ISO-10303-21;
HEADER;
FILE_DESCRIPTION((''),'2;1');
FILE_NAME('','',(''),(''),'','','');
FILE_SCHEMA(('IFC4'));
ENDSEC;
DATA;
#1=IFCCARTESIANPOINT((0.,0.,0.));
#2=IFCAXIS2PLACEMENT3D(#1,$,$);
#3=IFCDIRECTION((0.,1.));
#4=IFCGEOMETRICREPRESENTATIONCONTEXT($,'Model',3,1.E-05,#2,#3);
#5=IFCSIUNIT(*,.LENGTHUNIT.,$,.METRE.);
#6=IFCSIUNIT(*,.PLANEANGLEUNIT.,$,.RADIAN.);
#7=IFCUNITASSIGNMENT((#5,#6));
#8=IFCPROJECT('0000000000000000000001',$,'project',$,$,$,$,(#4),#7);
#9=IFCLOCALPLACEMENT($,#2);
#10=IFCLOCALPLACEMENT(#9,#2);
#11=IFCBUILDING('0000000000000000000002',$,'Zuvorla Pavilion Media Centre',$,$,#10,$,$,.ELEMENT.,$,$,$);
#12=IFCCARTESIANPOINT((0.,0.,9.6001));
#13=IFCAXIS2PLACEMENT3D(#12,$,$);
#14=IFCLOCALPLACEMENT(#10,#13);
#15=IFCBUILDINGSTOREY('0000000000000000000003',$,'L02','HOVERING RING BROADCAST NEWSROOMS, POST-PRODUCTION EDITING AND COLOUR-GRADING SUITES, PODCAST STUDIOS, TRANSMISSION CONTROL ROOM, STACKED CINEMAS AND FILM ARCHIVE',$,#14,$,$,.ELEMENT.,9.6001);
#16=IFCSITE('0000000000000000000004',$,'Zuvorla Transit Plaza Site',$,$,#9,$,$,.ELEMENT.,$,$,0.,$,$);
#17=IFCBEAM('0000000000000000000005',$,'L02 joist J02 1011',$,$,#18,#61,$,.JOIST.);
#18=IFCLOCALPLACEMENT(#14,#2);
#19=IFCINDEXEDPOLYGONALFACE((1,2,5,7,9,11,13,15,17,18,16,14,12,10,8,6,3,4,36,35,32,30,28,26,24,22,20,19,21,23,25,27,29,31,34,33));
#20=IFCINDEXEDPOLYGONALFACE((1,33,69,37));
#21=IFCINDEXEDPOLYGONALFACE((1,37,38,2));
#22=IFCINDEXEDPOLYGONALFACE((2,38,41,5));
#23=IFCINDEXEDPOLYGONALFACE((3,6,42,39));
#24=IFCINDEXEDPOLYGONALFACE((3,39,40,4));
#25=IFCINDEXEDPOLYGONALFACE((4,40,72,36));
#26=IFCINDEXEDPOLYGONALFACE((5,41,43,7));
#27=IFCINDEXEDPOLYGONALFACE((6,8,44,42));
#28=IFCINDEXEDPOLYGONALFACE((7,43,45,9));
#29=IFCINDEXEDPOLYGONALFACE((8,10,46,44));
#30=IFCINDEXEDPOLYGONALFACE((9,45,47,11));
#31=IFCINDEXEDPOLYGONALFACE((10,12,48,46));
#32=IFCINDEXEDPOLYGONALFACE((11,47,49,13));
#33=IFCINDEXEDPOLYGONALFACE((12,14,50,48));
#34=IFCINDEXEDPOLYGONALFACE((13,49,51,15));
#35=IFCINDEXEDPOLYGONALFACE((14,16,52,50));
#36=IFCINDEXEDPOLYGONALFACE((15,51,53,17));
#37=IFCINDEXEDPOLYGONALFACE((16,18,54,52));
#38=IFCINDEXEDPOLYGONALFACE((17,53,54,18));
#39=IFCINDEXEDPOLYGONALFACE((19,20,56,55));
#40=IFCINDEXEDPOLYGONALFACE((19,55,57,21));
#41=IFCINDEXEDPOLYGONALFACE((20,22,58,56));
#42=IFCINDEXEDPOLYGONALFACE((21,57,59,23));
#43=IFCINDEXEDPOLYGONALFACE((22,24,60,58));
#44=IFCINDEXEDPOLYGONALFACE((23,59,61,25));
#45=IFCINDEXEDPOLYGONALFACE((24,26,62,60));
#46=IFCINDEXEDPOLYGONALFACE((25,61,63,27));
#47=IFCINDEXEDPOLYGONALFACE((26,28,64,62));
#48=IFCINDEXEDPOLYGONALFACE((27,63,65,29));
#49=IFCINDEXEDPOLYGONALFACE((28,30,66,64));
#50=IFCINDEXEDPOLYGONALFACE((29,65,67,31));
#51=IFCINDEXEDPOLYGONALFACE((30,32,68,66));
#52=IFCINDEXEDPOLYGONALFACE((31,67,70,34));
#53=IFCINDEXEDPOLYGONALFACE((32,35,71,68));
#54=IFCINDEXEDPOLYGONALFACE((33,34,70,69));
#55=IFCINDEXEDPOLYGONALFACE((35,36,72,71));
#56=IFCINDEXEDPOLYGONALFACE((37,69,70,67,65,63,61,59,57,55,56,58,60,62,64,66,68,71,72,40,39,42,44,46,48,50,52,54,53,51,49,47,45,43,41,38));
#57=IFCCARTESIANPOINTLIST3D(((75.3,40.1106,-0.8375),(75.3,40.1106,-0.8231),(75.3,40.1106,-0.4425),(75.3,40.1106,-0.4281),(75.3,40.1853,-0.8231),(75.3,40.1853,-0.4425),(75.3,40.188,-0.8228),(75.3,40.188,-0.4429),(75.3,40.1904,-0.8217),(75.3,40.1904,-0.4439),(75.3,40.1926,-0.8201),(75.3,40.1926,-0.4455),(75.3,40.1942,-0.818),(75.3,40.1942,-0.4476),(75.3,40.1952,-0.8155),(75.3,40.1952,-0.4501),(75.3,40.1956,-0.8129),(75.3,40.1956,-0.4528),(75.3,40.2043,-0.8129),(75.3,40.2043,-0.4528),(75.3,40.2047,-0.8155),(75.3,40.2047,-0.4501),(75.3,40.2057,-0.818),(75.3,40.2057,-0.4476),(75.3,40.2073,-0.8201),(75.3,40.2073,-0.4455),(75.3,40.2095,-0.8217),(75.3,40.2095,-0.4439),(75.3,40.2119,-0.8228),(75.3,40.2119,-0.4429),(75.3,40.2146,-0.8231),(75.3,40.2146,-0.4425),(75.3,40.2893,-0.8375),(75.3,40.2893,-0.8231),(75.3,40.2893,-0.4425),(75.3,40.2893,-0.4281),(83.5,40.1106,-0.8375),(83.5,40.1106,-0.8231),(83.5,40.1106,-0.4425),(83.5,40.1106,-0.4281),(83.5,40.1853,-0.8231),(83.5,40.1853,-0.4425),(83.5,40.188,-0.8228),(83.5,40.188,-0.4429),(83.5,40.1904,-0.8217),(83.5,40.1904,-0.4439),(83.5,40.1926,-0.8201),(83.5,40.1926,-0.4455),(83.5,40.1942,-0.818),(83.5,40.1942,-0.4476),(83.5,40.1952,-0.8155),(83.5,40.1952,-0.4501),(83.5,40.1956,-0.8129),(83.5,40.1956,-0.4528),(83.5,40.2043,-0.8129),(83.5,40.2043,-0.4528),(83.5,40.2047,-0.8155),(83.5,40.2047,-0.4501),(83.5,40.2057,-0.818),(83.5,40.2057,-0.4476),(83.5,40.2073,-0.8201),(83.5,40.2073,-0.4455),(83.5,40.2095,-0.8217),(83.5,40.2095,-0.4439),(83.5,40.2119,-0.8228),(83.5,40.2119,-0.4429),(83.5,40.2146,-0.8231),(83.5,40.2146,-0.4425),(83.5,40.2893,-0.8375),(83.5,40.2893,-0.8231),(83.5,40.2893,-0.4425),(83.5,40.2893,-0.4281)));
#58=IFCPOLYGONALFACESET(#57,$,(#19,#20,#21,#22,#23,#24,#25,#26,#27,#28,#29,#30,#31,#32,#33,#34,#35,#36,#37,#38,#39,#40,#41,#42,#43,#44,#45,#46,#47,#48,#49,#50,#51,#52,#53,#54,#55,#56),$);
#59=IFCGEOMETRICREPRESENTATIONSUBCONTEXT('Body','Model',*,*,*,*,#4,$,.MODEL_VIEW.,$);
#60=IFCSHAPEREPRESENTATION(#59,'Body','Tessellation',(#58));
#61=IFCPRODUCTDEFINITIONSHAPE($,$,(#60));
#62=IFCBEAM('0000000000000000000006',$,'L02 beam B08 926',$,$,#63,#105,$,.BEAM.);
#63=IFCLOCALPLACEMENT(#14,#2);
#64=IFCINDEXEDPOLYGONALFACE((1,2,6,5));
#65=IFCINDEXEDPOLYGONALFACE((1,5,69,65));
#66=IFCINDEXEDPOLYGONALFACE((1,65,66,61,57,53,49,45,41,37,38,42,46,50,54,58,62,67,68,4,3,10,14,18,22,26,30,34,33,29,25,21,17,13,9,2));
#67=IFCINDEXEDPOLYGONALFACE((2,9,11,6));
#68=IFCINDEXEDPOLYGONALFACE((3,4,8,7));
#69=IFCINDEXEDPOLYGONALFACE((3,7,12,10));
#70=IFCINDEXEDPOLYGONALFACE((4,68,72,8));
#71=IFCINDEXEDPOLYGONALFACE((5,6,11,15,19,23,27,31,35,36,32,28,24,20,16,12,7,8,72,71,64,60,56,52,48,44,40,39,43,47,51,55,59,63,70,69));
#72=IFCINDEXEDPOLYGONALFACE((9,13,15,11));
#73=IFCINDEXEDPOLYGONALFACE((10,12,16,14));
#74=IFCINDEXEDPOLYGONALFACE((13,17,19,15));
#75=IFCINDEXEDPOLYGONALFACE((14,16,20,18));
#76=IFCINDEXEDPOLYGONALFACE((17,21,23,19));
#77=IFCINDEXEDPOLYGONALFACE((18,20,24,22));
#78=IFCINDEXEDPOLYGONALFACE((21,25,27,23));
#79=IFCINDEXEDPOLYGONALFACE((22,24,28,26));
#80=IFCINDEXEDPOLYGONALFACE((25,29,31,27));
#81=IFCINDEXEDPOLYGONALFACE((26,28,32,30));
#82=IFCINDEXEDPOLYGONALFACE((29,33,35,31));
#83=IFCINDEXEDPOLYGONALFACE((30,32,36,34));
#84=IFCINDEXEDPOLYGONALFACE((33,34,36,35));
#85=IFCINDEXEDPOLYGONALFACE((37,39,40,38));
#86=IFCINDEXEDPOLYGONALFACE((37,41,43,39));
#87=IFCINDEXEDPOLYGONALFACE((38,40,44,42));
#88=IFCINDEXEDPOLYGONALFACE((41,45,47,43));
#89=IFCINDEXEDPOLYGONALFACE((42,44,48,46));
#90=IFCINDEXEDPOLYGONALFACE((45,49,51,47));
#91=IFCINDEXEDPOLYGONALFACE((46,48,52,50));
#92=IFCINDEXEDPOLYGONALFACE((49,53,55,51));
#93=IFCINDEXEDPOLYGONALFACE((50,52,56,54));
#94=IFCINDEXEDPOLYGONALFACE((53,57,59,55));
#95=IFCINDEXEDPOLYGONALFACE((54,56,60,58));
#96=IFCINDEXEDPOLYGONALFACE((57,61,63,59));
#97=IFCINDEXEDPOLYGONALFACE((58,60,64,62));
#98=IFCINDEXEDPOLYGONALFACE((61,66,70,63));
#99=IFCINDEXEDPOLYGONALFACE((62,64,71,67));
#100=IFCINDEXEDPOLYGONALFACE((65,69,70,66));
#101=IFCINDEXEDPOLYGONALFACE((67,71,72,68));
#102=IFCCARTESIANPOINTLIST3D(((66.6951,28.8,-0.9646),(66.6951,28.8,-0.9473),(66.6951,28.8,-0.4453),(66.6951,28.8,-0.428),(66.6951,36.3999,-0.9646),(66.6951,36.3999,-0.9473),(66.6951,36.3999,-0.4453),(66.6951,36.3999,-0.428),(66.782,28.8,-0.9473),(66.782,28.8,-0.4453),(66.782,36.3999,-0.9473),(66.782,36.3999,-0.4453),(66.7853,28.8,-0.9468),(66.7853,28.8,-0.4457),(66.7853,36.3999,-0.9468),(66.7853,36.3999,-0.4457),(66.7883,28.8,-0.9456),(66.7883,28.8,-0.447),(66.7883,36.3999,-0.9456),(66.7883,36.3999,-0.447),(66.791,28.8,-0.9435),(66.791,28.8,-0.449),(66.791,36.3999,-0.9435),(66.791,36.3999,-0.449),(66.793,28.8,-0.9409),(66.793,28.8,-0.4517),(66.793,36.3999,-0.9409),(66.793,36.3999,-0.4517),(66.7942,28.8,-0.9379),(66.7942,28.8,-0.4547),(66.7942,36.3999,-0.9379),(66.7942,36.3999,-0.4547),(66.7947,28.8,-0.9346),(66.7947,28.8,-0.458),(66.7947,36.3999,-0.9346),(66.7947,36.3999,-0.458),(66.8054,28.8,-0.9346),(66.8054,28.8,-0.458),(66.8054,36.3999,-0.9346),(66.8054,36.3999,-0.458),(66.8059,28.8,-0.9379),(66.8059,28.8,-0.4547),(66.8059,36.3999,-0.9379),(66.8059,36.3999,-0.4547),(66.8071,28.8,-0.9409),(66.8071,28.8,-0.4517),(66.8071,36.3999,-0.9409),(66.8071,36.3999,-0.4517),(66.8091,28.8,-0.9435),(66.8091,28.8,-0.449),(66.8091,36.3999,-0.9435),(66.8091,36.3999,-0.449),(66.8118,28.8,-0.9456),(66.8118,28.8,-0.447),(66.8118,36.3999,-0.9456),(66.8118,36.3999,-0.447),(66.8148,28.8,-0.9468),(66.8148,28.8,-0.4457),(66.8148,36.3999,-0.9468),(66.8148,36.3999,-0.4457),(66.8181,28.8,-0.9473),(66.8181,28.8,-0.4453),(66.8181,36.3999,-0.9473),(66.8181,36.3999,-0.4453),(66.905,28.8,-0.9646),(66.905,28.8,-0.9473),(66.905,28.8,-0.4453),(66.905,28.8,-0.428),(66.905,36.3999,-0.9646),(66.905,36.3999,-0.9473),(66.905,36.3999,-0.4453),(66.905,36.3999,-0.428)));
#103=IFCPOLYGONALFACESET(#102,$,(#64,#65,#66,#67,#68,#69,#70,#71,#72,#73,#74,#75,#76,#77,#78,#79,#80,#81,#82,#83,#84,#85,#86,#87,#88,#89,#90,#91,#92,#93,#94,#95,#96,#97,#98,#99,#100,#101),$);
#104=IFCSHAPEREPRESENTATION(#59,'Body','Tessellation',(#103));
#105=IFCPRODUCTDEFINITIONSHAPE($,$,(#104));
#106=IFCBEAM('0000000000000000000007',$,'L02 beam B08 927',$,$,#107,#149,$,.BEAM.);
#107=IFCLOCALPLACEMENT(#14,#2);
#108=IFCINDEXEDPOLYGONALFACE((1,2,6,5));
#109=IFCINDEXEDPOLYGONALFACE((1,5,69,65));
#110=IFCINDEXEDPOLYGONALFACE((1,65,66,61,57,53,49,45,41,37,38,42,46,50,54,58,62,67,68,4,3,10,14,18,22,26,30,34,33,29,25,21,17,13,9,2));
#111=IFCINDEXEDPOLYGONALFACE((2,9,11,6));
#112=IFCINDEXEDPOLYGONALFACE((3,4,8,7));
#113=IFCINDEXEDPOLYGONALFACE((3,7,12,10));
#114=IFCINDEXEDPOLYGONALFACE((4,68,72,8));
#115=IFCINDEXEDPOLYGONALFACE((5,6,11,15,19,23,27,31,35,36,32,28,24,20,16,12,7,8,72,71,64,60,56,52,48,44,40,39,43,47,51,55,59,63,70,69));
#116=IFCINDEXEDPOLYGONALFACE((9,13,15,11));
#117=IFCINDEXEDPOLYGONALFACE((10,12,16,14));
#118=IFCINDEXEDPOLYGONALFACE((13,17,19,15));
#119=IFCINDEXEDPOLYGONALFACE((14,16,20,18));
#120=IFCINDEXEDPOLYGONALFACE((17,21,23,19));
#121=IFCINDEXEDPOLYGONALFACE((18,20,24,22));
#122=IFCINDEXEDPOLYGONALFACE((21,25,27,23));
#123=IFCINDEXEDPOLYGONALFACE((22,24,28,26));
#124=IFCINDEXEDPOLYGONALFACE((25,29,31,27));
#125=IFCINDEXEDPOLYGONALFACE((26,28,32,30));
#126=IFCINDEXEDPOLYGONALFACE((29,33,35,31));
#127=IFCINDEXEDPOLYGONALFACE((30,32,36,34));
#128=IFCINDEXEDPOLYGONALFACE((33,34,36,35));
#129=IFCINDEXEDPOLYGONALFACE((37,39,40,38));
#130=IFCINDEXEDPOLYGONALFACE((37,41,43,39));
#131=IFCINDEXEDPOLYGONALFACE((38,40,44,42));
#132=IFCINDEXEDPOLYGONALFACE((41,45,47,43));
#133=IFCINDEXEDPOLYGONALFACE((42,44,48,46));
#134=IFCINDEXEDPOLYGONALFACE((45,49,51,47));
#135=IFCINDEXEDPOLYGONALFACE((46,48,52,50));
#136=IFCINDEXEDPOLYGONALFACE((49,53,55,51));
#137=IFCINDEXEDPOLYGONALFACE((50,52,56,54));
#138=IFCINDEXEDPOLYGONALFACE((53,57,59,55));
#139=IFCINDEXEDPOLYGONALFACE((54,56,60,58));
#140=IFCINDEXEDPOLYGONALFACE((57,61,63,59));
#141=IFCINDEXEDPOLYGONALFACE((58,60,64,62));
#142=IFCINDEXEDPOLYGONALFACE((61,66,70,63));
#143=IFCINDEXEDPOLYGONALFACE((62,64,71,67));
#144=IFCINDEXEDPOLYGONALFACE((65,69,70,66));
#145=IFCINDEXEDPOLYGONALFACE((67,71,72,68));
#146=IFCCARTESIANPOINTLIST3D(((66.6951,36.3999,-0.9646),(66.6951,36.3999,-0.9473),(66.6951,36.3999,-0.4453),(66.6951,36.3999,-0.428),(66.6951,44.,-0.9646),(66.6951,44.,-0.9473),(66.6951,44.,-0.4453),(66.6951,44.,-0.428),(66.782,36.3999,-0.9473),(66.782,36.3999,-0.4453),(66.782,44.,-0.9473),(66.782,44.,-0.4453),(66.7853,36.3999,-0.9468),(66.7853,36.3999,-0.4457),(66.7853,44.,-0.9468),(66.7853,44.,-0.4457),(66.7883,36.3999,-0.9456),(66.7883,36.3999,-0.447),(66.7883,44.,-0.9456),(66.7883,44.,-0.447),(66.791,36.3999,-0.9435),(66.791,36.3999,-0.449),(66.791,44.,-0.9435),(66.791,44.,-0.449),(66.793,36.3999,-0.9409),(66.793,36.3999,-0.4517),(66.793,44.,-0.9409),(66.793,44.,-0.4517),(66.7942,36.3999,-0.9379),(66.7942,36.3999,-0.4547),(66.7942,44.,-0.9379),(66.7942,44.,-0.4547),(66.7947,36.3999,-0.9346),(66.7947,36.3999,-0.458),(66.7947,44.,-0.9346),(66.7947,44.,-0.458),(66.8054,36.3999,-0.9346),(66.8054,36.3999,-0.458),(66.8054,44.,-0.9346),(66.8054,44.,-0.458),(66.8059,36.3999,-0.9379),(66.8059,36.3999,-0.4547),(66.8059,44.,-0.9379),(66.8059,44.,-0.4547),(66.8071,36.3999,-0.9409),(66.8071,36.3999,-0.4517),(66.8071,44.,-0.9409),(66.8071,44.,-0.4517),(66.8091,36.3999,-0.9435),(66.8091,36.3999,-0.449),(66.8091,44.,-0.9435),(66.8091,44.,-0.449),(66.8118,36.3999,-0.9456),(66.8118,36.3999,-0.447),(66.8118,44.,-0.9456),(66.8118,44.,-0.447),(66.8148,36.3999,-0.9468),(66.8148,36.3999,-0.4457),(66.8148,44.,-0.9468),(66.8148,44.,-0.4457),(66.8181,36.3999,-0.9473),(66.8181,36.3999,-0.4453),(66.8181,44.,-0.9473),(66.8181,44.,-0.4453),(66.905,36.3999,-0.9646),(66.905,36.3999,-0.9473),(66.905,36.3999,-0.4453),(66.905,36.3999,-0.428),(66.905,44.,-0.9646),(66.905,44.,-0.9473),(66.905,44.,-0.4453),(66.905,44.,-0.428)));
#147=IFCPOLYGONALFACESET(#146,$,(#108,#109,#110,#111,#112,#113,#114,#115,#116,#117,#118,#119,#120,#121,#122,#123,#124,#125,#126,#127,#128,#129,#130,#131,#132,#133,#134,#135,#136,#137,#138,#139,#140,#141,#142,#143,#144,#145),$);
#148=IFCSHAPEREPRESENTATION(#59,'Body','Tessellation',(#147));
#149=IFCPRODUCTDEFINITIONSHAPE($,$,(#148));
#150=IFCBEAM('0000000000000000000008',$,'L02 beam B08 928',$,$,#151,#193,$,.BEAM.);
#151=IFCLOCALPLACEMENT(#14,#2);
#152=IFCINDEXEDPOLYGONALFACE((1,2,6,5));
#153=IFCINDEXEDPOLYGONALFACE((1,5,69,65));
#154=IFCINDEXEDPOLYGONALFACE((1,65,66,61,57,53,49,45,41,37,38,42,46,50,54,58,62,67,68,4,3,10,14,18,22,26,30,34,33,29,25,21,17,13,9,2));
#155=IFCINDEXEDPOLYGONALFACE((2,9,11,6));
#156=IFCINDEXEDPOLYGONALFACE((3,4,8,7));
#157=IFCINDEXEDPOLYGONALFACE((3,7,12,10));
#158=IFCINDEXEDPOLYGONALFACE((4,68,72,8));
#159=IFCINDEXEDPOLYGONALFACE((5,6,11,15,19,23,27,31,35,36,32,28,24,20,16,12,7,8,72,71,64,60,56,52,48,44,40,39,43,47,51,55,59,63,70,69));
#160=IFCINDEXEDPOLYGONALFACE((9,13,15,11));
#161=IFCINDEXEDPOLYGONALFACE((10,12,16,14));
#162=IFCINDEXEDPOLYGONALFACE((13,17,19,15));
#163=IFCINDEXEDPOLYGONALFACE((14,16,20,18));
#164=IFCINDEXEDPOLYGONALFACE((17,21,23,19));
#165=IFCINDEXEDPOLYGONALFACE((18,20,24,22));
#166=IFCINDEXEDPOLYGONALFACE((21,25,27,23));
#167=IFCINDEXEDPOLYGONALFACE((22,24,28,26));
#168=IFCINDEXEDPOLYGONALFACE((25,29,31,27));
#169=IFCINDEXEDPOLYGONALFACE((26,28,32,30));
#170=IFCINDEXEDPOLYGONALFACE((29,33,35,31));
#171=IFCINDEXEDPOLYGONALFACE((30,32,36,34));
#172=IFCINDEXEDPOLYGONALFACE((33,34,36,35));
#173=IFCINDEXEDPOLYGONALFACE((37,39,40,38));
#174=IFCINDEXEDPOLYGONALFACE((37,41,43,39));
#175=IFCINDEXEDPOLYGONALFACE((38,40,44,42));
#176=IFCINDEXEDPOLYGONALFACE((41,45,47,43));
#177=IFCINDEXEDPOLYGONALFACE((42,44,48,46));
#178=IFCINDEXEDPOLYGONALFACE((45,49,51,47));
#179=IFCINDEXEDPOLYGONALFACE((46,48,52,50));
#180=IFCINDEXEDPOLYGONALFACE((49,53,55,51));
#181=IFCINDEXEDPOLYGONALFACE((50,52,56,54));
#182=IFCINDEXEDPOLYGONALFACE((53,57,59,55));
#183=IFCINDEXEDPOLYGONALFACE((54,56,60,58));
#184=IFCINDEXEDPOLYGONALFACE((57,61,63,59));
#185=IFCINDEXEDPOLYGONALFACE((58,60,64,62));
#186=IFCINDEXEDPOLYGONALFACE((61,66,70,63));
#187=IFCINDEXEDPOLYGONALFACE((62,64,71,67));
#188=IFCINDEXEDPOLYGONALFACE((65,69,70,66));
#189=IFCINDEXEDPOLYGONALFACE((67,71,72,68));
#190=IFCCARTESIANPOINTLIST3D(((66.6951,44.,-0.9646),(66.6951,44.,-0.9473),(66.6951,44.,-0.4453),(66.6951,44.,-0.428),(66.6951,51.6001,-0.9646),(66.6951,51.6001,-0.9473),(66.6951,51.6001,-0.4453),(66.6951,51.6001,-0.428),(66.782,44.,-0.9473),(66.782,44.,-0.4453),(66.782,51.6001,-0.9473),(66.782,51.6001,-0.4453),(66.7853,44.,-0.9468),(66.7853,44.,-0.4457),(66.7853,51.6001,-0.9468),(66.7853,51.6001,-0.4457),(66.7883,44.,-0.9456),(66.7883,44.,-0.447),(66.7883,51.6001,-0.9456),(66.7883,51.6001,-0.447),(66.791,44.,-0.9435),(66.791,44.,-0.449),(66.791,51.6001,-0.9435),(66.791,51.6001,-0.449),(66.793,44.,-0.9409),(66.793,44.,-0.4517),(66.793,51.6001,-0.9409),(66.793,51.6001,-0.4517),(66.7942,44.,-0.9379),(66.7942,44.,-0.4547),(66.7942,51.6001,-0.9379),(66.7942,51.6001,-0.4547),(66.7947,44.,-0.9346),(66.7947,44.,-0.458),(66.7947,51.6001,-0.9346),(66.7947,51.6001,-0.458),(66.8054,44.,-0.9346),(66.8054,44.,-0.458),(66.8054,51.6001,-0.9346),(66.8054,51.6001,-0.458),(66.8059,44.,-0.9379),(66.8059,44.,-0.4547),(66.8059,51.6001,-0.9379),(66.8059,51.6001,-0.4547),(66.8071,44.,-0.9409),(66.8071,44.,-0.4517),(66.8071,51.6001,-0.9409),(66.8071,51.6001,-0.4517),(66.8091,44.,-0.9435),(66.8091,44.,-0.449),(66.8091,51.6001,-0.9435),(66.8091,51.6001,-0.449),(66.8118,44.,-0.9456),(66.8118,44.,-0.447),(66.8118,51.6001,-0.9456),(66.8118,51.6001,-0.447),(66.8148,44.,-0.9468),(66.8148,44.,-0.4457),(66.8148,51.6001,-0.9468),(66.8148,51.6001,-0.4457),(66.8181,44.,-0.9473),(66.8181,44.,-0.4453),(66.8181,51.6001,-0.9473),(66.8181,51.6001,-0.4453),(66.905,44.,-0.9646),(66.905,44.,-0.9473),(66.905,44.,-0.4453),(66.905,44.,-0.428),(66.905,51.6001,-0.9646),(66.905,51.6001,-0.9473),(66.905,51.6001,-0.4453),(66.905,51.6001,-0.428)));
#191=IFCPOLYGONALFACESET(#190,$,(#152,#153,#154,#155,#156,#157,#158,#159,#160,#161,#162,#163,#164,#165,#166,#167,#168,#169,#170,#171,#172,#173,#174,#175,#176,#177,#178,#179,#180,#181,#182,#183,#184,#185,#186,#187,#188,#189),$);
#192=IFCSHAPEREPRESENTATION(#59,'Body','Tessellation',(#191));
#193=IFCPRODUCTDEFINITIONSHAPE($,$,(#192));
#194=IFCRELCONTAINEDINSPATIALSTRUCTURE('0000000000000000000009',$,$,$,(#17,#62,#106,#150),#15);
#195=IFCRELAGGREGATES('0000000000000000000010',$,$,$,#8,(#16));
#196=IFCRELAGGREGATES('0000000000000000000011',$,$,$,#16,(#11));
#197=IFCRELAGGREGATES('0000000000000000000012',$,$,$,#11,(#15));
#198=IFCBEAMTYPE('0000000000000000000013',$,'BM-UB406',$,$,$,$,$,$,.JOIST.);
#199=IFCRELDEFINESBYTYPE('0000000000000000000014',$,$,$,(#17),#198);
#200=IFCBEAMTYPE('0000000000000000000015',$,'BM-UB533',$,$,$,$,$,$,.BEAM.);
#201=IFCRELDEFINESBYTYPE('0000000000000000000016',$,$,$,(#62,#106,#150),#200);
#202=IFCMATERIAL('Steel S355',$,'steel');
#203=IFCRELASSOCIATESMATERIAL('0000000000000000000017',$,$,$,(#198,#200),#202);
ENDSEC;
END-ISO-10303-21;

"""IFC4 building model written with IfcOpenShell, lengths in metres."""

from ifc_helpers import new_model, si_unit, direction, frame, origin, origin_2d, place, context, subcontext, project, spatial, i_section, extrude, material, material_profile, profile_set, type_object, element, save


model = new_model("IFC4")

# Units and contexts
model_context = context("Model", 3, precision=1e-05, world=origin(), true_north=direction((0.0, 1.0)))
body_context = subcontext(model_context, "Body", "Model", "MODEL_VIEW")
ifc_project = project(units=[si_unit("LENGTHUNIT", "METRE"), si_unit("PLANEANGLEUNIT", "RADIAN")], contexts=[model_context])

# Site, building, storey
site_placement = place(None, origin())
site = spatial("IfcSite", under=ifc_project, at=site_placement, Name="Zuvorla Transit Plaza Site", CompositionType="ELEMENT", RefElevation=0.0)
building_placement = place(site_placement, origin())
building = spatial("IfcBuilding", under=site, at=building_placement, Name="Zuvorla Pavilion Media Centre", CompositionType="ELEMENT")
storey_placement = place(building_placement, frame((0.0, 0.0, 9.6001)))
storey = spatial("IfcBuildingStorey", under=building, at=storey_placement, Name="L02", Description="HOVERING RING BROADCAST NEWSROOMS, POST-PRODUCTION EDITING AND COLOUR-GRADING SUITES, PODCAST STUDIOS, TRANSMISSION CONTROL ROOM, STACKED CINEMAS AND FILM ARCHIVE", CompositionType="ELEMENT", Elevation=9.6001)

# Beams
ifc_material_1 = material(Name="Steel S355", Category="steel")
ifc_material_profile_1 = material_profile(ifc_material_1, i_section(OverallWidth=0.1787, OverallDepth=0.4094, WebThickness=0.0088, FlangeThickness=0.0144, FilletRadius=0.0103, at=origin_2d()), Name="UB 406x178x67")
ifc_profile_set_1 = profile_set([ifc_material_profile_1], Name="Steel S355")
beam_type_1 = type_object("IfcBeamType", Name="BM-UB406", PredefinedType="JOIST", material=ifc_profile_set_1)
beam_1_placement = place(storey_placement, frame((75.3, 40.2, -0.6328), z_axis=(1.0, 0.0, 0.0), x_axis=(0.0, 1.0, 0.0)))
element("IfcBeam", 1, at=beam_1_placement, inside=storey, type_object=beam_type_1, Name="L02 joist J02 1011", PredefinedType="JOIST", context=body_context, shape_type="SweptSolid", body=[
    extrude(i_section(OverallWidth=0.1787, OverallDepth=0.4094, WebThickness=0.0088, FlangeThickness=0.0144, FilletRadius=0.0103, at=origin_2d()), origin(), (0.0, 0.0, 1.0), 8.2),
])
ifc_material_profile_2 = material_profile(ifc_material_1, i_section(OverallWidth=0.21, OverallDepth=0.5366, WebThickness=0.0107, FlangeThickness=0.0173, FilletRadius=0.0127, at=origin_2d()), Name="UB 533x210x101")
ifc_profile_set_2 = profile_set([ifc_material_profile_2], Name="Steel S355")
beam_type_2 = type_object("IfcBeamType", Name="BM-UB533", PredefinedType="BEAM", material=ifc_profile_set_2)
beam_2_placement = place(storey_placement, frame((66.8, 28.8, -0.6963), z_axis=(0.0, 1.0, 0.0), x_axis=(-1.0, 0.0, 0.0)))
element("IfcBeam", 2, at=beam_2_placement, inside=storey, type_object=beam_type_2, Name="L02 beam B08 926", PredefinedType="BEAM", context=body_context, shape_type="SweptSolid", body=[
    extrude(i_section(OverallWidth=0.21, OverallDepth=0.5366, WebThickness=0.0107, FlangeThickness=0.0173, FilletRadius=0.0127, at=origin_2d()), origin(), (0.0, 0.0, 1.0), 7.5999),
])
for number, where, z_axis, x_axis, name in (
    (3, (66.8, 36.3999, -0.6963), (0.0, 1.0, 0.0), (-1.0, 0.0, 0.0), "L02 beam B08 927"),
    (4, (66.8, 44.0, -0.6963), (0.0, 1.0, 0.0), (-1.0, 0.0, 0.0), "L02 beam B08 928"),
):
    element("IfcBeam", number, at=place(storey_placement, frame(where, z_axis=z_axis, x_axis=x_axis)), inside=storey, type_object=beam_type_2, Name=name, PredefinedType="BEAM", context=body_context, shape_type="SweptSolid", body=[
        extrude(i_section(OverallWidth=0.21, OverallDepth=0.5366, WebThickness=0.0107, FlangeThickness=0.0173, FilletRadius=0.0127, at=origin_2d()), origin(), (0.0, 0.0, 1.0), 7.6001),
    ])

save(model, "model.ifc")
